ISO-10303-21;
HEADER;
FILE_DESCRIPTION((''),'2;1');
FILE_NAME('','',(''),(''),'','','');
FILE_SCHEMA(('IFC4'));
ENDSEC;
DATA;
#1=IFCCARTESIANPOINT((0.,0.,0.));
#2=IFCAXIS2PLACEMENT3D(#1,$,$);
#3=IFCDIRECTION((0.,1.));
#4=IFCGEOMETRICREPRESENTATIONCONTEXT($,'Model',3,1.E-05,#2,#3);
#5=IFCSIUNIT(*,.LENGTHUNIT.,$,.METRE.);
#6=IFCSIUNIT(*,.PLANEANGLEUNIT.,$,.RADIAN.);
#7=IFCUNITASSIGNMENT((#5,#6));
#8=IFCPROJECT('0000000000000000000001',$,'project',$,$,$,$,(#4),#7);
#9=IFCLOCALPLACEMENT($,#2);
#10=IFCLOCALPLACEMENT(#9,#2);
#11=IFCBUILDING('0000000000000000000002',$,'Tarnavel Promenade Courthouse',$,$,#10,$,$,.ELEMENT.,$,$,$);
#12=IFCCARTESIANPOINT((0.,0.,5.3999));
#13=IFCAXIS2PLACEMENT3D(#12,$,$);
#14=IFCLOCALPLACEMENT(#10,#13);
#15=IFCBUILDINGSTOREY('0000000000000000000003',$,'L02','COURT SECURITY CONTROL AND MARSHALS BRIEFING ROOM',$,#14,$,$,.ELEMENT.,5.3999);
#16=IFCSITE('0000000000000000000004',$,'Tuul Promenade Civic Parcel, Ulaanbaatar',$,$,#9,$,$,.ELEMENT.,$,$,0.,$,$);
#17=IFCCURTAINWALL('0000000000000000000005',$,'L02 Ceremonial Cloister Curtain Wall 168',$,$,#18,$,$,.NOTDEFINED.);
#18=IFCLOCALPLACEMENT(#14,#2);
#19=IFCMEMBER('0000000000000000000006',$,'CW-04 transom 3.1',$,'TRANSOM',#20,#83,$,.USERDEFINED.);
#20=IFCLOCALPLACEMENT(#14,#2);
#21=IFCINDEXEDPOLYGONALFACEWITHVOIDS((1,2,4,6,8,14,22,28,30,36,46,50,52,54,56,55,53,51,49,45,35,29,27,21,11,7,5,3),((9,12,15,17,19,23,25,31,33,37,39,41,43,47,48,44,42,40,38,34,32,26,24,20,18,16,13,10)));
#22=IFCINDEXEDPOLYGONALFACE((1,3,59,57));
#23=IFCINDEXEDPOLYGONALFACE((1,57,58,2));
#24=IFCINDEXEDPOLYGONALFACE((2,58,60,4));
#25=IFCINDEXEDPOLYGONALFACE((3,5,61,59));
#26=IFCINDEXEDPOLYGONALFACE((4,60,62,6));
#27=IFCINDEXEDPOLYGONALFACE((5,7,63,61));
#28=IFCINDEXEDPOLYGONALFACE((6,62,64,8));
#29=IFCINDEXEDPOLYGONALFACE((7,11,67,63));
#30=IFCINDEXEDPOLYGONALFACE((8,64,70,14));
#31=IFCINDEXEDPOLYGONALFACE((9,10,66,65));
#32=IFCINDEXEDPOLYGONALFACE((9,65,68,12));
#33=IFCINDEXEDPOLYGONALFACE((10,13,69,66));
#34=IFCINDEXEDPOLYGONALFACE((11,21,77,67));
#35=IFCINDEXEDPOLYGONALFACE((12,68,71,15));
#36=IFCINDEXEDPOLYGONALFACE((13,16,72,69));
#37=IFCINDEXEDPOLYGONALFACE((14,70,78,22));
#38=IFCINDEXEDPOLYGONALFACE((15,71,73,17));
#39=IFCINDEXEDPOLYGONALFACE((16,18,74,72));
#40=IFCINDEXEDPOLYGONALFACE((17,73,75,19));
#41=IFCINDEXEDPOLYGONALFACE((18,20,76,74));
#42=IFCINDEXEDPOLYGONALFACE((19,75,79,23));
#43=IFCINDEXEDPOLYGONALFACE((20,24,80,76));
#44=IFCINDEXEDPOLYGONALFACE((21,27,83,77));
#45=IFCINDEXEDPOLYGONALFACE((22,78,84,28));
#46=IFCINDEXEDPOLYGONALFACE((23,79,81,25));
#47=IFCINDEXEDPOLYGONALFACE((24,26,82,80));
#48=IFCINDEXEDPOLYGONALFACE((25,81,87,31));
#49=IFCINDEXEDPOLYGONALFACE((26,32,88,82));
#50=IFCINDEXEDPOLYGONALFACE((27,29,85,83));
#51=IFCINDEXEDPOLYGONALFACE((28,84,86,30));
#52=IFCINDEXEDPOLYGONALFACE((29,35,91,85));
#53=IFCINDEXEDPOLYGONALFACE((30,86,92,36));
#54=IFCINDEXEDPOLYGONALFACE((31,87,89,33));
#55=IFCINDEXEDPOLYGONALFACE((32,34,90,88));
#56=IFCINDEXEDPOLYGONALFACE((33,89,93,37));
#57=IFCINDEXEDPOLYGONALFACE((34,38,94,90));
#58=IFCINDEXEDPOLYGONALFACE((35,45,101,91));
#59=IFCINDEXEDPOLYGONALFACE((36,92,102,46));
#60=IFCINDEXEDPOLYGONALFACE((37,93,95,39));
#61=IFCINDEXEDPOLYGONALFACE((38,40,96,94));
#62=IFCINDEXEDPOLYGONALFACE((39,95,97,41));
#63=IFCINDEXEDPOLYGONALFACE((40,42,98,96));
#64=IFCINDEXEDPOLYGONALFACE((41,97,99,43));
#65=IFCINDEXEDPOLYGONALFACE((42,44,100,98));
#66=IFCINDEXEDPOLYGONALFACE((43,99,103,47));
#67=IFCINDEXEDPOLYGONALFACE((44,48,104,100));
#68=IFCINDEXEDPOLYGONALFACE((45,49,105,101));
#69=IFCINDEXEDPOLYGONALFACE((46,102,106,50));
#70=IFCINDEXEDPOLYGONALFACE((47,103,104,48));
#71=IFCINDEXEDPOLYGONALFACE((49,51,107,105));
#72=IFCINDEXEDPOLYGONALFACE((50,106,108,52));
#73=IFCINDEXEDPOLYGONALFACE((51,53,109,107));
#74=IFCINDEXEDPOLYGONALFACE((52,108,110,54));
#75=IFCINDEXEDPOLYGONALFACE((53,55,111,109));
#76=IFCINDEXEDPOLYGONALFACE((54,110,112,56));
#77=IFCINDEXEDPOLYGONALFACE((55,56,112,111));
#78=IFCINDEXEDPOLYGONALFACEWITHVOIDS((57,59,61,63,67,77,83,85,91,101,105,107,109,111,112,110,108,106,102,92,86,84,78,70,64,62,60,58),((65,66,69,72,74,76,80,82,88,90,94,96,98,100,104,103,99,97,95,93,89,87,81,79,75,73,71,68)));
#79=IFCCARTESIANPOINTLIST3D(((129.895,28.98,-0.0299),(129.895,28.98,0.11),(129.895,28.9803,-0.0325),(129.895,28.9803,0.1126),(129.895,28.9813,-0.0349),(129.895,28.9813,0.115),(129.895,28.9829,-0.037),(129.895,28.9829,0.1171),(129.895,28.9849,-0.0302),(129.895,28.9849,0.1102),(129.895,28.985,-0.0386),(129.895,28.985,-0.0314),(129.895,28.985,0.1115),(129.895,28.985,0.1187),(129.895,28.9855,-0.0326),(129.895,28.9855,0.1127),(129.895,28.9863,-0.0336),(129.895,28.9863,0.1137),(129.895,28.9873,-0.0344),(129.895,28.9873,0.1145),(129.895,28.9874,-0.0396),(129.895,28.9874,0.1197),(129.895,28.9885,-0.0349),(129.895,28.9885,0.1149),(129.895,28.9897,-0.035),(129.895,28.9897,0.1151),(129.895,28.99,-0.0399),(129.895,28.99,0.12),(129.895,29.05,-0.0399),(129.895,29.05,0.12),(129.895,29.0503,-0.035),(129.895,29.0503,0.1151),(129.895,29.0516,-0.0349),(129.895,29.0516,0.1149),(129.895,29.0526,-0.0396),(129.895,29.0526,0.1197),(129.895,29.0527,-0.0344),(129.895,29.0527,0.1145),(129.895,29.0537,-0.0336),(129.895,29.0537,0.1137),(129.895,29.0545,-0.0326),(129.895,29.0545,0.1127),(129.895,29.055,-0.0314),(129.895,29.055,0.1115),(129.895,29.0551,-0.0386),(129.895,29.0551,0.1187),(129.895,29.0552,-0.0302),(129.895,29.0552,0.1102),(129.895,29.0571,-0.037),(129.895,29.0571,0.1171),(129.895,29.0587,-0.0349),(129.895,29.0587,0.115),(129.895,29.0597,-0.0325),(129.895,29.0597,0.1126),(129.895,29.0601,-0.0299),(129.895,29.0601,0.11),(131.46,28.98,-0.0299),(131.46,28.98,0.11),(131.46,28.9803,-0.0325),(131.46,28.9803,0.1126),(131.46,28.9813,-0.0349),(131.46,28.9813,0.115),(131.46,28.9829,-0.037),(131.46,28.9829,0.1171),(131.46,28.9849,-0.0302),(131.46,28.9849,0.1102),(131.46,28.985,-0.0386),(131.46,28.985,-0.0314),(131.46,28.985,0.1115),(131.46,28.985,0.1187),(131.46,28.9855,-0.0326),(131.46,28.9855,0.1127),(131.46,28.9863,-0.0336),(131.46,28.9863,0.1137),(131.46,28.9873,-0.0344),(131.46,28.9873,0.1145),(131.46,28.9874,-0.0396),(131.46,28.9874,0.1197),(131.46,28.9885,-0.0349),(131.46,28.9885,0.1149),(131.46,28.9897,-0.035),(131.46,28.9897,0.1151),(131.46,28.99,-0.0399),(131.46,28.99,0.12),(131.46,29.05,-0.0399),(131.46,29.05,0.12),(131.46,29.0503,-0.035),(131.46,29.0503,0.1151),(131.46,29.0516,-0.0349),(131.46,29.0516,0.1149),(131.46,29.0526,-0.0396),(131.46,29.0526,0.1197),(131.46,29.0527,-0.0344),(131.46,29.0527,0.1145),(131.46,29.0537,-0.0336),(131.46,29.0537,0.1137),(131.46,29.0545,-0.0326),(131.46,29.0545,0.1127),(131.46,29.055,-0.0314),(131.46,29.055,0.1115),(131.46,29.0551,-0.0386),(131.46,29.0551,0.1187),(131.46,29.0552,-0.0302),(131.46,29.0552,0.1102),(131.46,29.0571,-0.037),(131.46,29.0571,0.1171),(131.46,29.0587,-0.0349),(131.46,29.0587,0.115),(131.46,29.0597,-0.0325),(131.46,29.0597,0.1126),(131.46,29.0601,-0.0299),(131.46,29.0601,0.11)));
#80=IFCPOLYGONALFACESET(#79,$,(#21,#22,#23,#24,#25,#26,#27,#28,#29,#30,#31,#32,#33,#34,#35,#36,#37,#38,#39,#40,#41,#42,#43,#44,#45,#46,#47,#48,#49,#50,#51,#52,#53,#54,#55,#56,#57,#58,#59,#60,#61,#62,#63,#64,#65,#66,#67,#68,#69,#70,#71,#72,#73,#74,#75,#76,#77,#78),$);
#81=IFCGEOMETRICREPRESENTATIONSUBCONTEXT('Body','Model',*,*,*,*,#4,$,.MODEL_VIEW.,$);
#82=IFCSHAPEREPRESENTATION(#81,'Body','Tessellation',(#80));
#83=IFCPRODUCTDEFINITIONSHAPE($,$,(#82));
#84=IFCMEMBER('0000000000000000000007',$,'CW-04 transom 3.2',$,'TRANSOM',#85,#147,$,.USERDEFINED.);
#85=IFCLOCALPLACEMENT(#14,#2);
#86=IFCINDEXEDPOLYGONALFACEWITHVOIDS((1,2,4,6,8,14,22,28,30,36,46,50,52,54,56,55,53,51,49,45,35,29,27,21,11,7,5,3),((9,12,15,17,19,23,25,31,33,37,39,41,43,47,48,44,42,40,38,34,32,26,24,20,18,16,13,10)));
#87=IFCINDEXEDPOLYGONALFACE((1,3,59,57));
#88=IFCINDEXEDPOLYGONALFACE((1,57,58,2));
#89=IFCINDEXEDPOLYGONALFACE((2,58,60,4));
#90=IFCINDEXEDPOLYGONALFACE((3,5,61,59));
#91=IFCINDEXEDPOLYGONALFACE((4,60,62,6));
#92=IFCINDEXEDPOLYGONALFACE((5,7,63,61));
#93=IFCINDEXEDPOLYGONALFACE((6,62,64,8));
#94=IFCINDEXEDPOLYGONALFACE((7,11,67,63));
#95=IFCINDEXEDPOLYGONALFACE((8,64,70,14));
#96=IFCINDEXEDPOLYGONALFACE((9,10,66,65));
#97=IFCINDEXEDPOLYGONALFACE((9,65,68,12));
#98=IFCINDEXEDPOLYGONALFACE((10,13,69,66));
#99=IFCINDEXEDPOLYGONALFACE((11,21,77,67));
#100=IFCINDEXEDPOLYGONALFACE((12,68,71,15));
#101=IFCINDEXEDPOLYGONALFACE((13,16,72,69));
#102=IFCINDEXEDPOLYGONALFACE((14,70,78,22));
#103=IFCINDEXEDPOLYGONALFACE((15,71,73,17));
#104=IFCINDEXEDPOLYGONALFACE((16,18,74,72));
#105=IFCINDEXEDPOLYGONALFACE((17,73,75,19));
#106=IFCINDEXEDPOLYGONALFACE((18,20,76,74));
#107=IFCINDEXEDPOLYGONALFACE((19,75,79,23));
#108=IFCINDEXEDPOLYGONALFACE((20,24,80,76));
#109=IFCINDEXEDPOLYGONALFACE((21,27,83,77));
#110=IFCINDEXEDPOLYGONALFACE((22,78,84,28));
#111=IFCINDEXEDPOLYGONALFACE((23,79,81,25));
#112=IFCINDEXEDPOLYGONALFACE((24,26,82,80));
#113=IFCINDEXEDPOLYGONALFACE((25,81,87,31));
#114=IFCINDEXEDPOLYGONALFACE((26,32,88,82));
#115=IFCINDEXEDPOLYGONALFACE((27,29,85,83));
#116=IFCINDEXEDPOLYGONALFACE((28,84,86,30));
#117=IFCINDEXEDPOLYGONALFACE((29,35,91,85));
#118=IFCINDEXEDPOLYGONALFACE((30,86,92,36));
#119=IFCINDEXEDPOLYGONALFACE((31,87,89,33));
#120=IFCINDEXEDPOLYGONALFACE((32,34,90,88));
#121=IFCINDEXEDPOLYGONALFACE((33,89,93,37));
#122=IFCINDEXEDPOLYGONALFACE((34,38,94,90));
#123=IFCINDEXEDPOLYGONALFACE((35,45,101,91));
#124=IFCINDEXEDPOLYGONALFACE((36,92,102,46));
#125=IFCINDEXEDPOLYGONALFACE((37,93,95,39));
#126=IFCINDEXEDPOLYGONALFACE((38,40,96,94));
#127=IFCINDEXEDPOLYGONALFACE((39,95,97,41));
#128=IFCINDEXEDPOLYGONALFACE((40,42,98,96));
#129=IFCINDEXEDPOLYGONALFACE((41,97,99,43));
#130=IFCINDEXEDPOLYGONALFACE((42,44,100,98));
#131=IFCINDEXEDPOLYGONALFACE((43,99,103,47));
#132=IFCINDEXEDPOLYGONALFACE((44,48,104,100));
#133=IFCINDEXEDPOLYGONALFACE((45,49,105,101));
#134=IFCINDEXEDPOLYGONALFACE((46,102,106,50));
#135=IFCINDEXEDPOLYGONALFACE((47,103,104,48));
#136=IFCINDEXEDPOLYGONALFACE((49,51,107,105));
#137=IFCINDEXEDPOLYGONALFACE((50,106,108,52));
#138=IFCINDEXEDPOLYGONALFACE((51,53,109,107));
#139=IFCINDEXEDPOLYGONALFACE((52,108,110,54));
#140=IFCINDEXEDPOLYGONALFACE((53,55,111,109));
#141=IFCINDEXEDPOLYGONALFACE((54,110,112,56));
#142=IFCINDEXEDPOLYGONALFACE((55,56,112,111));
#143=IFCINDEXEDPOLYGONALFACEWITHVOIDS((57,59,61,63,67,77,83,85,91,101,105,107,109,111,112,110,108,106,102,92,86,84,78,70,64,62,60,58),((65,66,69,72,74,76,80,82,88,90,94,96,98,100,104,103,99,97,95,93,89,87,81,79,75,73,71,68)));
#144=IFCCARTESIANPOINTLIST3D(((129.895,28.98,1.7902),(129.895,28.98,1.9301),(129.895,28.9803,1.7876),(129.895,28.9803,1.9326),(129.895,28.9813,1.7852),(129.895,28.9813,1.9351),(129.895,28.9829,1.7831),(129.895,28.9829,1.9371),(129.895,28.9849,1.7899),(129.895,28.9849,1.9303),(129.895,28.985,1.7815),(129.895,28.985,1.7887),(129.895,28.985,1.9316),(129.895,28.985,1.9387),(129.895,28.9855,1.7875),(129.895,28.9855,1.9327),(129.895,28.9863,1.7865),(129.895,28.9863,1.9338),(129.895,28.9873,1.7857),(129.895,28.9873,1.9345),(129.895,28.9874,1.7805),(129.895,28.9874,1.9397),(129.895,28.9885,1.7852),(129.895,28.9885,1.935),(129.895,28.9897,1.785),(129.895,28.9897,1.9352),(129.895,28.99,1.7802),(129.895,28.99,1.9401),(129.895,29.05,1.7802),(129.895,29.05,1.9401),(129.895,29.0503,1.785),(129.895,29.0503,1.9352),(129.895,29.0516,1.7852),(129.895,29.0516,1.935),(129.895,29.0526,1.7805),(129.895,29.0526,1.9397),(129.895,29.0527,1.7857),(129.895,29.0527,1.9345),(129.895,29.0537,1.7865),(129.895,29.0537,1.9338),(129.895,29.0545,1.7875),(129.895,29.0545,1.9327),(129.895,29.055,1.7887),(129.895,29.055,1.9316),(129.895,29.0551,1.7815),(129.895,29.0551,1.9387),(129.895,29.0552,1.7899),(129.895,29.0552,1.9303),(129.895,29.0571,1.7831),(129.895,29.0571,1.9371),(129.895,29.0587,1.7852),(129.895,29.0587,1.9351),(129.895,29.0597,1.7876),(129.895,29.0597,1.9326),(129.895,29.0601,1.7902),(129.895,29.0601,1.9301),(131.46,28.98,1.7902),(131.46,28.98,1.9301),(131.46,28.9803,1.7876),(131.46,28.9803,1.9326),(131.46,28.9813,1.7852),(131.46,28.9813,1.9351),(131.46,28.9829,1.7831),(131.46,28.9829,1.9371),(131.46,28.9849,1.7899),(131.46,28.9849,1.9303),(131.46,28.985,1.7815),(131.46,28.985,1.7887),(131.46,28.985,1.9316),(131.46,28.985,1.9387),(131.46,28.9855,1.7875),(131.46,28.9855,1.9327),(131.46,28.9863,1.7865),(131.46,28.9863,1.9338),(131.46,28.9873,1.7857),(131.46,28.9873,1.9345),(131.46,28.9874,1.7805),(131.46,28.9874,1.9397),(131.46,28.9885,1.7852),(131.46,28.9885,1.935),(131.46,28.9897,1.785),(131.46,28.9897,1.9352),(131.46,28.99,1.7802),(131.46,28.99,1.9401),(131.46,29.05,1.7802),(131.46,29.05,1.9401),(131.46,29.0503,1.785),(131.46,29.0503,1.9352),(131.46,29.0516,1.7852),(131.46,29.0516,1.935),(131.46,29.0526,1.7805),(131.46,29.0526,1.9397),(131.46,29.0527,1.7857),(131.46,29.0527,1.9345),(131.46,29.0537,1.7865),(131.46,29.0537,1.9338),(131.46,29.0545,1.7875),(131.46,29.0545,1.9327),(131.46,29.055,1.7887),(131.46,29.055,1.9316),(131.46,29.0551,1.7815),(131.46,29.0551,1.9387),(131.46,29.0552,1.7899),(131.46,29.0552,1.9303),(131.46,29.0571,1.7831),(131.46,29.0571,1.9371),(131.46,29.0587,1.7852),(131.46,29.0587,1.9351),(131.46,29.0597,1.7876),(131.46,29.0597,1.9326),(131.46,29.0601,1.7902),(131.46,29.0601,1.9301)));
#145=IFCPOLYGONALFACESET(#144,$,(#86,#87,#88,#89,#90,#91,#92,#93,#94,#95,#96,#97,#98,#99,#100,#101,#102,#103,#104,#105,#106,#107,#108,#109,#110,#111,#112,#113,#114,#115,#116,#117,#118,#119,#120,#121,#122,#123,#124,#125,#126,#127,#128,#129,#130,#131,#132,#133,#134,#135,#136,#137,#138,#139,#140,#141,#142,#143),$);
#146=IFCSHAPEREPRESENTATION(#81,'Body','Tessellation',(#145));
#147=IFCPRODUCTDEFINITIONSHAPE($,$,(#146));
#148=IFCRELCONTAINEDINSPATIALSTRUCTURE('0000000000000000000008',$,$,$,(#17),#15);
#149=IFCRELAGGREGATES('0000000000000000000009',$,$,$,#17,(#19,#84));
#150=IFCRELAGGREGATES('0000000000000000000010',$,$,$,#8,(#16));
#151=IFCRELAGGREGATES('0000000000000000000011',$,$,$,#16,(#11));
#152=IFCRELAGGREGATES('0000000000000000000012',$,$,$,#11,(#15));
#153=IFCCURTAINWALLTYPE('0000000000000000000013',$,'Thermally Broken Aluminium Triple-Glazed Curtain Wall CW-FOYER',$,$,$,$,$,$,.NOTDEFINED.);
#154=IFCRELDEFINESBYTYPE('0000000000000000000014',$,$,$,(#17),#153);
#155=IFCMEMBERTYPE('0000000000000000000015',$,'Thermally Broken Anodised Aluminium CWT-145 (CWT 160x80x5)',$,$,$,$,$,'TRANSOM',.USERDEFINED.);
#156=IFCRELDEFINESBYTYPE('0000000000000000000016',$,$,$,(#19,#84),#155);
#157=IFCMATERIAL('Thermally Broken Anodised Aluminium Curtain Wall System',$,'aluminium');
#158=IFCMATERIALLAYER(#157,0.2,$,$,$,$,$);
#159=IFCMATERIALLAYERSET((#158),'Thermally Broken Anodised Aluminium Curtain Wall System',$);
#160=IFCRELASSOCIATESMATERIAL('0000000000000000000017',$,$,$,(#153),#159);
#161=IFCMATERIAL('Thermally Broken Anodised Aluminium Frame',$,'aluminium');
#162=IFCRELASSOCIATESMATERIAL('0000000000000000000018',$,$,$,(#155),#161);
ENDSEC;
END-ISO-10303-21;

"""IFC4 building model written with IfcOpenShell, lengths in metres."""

from ifc_helpers import new_model, si_unit, direction, frame, origin, origin_2d, place, context, subcontext, project, spatial, hollow_rectangle, extrude, material, layer, layer_set, material_profile, profile_set, type_object, element, aggregate, save


model = new_model("IFC4")

# Units and contexts
model_context = context("Model", 3, precision=1e-05, world=origin(), true_north=direction((0.0, 1.0)))
body_context = subcontext(model_context, "Body", "Model", "MODEL_VIEW")
ifc_project = project(units=[si_unit("LENGTHUNIT", "METRE"), si_unit("PLANEANGLEUNIT", "RADIAN")], contexts=[model_context])

# Site, building, storey
site_placement = place(None, origin())
site = spatial("IfcSite", under=ifc_project, at=site_placement, Name="Tuul Promenade Civic Parcel, Ulaanbaatar", CompositionType="ELEMENT", RefElevation=0.0)
building_placement = place(site_placement, origin())
building = spatial("IfcBuilding", under=site, at=building_placement, Name="Tarnavel Promenade Courthouse", CompositionType="ELEMENT")
storey_placement = place(building_placement, frame((0.0, 0.0, 5.3999)))
storey = spatial("IfcBuildingStorey", under=building, at=storey_placement, Name="L02", Description="COURT SECURITY CONTROL AND MARSHALS BRIEFING ROOM", CompositionType="ELEMENT", Elevation=5.3999)

# Curtain wall
ifc_material_1 = material(Name="Thermally Broken Anodised Aluminium Curtain Wall System", Category="aluminium")
ifc_layer_1 = layer(ifc_material_1, 0.2)
ifc_layer_set_1 = layer_set([ifc_layer_1], Name="Thermally Broken Anodised Aluminium Curtain Wall System")
curtain_wall_type = type_object("IfcCurtainWallType", Name="Thermally Broken Aluminium Triple-Glazed Curtain Wall CW-FOYER", PredefinedType="NOTDEFINED", material=ifc_layer_set_1)
curtain_wall_1_placement = place(storey_placement, origin())
curtain_wall_1 = element("IfcCurtainWall", 1, at=curtain_wall_1_placement, inside=storey, type_object=curtain_wall_type, Name="L02 Ceremonial Cloister Curtain Wall 168", PredefinedType="NOTDEFINED")
ifc_material_2 = material(Name="Thermally Broken Anodised Aluminium Frame", Category="aluminium")

# Members
ifc_material_profile_1 = material_profile(ifc_material_2, hollow_rectangle(XDim=0.0801, YDim=0.1599, WallThickness=0.0049, InnerFilletRadius=0.0049, OuterFilletRadius=0.01, at=origin_2d()), Name="CWT 160x80x5")
ifc_profile_set_1 = profile_set([ifc_material_profile_1], Name="Thermally Broken Anodised Aluminium Frame")
member_type_1 = type_object("IfcMemberType", Name="Thermally Broken Anodised Aluminium CWT-145 (CWT 160x80x5)", ElementType="TRANSOM", PredefinedType="USERDEFINED", material=ifc_profile_set_1)
member_1_placement = place(storey_placement, frame((129.895, 29.02, 0.04), z_axis=(1.0, 0.0, 0.0), x_axis=(0.0, 1.0, 0.0)))
member_1 = element("IfcMember", 2, at=member_1_placement, type_object=member_type_1, Name="CW-04 transom 3.1", ObjectType="TRANSOM", PredefinedType="USERDEFINED", context=body_context, shape_type="SweptSolid", body=[
    extrude(hollow_rectangle(XDim=0.0801, YDim=0.1599, WallThickness=0.0049, InnerFilletRadius=0.0049, OuterFilletRadius=0.01, at=origin_2d()), origin(), (0.0, 0.0, 1.0), 1.5649),
])
member_2_placement = place(storey_placement, frame((129.895, 29.02, 1.8601), z_axis=(1.0, 0.0, 0.0), x_axis=(0.0, 1.0, 0.0)))
member_2 = element("IfcMember", 3, at=member_2_placement, type_object=member_type_1, Name="CW-04 transom 3.2", ObjectType="TRANSOM", PredefinedType="USERDEFINED", context=body_context, shape_type="SweptSolid", body=[
    extrude(hollow_rectangle(XDim=0.0801, YDim=0.1599, WallThickness=0.0049, InnerFilletRadius=0.0049, OuterFilletRadius=0.01, at=origin_2d()), origin(), (0.0, 0.0, 1.0), 1.5649),
])

aggregate(curtain_wall_1, [member_1, member_2])

save(model, "model.ifc")
